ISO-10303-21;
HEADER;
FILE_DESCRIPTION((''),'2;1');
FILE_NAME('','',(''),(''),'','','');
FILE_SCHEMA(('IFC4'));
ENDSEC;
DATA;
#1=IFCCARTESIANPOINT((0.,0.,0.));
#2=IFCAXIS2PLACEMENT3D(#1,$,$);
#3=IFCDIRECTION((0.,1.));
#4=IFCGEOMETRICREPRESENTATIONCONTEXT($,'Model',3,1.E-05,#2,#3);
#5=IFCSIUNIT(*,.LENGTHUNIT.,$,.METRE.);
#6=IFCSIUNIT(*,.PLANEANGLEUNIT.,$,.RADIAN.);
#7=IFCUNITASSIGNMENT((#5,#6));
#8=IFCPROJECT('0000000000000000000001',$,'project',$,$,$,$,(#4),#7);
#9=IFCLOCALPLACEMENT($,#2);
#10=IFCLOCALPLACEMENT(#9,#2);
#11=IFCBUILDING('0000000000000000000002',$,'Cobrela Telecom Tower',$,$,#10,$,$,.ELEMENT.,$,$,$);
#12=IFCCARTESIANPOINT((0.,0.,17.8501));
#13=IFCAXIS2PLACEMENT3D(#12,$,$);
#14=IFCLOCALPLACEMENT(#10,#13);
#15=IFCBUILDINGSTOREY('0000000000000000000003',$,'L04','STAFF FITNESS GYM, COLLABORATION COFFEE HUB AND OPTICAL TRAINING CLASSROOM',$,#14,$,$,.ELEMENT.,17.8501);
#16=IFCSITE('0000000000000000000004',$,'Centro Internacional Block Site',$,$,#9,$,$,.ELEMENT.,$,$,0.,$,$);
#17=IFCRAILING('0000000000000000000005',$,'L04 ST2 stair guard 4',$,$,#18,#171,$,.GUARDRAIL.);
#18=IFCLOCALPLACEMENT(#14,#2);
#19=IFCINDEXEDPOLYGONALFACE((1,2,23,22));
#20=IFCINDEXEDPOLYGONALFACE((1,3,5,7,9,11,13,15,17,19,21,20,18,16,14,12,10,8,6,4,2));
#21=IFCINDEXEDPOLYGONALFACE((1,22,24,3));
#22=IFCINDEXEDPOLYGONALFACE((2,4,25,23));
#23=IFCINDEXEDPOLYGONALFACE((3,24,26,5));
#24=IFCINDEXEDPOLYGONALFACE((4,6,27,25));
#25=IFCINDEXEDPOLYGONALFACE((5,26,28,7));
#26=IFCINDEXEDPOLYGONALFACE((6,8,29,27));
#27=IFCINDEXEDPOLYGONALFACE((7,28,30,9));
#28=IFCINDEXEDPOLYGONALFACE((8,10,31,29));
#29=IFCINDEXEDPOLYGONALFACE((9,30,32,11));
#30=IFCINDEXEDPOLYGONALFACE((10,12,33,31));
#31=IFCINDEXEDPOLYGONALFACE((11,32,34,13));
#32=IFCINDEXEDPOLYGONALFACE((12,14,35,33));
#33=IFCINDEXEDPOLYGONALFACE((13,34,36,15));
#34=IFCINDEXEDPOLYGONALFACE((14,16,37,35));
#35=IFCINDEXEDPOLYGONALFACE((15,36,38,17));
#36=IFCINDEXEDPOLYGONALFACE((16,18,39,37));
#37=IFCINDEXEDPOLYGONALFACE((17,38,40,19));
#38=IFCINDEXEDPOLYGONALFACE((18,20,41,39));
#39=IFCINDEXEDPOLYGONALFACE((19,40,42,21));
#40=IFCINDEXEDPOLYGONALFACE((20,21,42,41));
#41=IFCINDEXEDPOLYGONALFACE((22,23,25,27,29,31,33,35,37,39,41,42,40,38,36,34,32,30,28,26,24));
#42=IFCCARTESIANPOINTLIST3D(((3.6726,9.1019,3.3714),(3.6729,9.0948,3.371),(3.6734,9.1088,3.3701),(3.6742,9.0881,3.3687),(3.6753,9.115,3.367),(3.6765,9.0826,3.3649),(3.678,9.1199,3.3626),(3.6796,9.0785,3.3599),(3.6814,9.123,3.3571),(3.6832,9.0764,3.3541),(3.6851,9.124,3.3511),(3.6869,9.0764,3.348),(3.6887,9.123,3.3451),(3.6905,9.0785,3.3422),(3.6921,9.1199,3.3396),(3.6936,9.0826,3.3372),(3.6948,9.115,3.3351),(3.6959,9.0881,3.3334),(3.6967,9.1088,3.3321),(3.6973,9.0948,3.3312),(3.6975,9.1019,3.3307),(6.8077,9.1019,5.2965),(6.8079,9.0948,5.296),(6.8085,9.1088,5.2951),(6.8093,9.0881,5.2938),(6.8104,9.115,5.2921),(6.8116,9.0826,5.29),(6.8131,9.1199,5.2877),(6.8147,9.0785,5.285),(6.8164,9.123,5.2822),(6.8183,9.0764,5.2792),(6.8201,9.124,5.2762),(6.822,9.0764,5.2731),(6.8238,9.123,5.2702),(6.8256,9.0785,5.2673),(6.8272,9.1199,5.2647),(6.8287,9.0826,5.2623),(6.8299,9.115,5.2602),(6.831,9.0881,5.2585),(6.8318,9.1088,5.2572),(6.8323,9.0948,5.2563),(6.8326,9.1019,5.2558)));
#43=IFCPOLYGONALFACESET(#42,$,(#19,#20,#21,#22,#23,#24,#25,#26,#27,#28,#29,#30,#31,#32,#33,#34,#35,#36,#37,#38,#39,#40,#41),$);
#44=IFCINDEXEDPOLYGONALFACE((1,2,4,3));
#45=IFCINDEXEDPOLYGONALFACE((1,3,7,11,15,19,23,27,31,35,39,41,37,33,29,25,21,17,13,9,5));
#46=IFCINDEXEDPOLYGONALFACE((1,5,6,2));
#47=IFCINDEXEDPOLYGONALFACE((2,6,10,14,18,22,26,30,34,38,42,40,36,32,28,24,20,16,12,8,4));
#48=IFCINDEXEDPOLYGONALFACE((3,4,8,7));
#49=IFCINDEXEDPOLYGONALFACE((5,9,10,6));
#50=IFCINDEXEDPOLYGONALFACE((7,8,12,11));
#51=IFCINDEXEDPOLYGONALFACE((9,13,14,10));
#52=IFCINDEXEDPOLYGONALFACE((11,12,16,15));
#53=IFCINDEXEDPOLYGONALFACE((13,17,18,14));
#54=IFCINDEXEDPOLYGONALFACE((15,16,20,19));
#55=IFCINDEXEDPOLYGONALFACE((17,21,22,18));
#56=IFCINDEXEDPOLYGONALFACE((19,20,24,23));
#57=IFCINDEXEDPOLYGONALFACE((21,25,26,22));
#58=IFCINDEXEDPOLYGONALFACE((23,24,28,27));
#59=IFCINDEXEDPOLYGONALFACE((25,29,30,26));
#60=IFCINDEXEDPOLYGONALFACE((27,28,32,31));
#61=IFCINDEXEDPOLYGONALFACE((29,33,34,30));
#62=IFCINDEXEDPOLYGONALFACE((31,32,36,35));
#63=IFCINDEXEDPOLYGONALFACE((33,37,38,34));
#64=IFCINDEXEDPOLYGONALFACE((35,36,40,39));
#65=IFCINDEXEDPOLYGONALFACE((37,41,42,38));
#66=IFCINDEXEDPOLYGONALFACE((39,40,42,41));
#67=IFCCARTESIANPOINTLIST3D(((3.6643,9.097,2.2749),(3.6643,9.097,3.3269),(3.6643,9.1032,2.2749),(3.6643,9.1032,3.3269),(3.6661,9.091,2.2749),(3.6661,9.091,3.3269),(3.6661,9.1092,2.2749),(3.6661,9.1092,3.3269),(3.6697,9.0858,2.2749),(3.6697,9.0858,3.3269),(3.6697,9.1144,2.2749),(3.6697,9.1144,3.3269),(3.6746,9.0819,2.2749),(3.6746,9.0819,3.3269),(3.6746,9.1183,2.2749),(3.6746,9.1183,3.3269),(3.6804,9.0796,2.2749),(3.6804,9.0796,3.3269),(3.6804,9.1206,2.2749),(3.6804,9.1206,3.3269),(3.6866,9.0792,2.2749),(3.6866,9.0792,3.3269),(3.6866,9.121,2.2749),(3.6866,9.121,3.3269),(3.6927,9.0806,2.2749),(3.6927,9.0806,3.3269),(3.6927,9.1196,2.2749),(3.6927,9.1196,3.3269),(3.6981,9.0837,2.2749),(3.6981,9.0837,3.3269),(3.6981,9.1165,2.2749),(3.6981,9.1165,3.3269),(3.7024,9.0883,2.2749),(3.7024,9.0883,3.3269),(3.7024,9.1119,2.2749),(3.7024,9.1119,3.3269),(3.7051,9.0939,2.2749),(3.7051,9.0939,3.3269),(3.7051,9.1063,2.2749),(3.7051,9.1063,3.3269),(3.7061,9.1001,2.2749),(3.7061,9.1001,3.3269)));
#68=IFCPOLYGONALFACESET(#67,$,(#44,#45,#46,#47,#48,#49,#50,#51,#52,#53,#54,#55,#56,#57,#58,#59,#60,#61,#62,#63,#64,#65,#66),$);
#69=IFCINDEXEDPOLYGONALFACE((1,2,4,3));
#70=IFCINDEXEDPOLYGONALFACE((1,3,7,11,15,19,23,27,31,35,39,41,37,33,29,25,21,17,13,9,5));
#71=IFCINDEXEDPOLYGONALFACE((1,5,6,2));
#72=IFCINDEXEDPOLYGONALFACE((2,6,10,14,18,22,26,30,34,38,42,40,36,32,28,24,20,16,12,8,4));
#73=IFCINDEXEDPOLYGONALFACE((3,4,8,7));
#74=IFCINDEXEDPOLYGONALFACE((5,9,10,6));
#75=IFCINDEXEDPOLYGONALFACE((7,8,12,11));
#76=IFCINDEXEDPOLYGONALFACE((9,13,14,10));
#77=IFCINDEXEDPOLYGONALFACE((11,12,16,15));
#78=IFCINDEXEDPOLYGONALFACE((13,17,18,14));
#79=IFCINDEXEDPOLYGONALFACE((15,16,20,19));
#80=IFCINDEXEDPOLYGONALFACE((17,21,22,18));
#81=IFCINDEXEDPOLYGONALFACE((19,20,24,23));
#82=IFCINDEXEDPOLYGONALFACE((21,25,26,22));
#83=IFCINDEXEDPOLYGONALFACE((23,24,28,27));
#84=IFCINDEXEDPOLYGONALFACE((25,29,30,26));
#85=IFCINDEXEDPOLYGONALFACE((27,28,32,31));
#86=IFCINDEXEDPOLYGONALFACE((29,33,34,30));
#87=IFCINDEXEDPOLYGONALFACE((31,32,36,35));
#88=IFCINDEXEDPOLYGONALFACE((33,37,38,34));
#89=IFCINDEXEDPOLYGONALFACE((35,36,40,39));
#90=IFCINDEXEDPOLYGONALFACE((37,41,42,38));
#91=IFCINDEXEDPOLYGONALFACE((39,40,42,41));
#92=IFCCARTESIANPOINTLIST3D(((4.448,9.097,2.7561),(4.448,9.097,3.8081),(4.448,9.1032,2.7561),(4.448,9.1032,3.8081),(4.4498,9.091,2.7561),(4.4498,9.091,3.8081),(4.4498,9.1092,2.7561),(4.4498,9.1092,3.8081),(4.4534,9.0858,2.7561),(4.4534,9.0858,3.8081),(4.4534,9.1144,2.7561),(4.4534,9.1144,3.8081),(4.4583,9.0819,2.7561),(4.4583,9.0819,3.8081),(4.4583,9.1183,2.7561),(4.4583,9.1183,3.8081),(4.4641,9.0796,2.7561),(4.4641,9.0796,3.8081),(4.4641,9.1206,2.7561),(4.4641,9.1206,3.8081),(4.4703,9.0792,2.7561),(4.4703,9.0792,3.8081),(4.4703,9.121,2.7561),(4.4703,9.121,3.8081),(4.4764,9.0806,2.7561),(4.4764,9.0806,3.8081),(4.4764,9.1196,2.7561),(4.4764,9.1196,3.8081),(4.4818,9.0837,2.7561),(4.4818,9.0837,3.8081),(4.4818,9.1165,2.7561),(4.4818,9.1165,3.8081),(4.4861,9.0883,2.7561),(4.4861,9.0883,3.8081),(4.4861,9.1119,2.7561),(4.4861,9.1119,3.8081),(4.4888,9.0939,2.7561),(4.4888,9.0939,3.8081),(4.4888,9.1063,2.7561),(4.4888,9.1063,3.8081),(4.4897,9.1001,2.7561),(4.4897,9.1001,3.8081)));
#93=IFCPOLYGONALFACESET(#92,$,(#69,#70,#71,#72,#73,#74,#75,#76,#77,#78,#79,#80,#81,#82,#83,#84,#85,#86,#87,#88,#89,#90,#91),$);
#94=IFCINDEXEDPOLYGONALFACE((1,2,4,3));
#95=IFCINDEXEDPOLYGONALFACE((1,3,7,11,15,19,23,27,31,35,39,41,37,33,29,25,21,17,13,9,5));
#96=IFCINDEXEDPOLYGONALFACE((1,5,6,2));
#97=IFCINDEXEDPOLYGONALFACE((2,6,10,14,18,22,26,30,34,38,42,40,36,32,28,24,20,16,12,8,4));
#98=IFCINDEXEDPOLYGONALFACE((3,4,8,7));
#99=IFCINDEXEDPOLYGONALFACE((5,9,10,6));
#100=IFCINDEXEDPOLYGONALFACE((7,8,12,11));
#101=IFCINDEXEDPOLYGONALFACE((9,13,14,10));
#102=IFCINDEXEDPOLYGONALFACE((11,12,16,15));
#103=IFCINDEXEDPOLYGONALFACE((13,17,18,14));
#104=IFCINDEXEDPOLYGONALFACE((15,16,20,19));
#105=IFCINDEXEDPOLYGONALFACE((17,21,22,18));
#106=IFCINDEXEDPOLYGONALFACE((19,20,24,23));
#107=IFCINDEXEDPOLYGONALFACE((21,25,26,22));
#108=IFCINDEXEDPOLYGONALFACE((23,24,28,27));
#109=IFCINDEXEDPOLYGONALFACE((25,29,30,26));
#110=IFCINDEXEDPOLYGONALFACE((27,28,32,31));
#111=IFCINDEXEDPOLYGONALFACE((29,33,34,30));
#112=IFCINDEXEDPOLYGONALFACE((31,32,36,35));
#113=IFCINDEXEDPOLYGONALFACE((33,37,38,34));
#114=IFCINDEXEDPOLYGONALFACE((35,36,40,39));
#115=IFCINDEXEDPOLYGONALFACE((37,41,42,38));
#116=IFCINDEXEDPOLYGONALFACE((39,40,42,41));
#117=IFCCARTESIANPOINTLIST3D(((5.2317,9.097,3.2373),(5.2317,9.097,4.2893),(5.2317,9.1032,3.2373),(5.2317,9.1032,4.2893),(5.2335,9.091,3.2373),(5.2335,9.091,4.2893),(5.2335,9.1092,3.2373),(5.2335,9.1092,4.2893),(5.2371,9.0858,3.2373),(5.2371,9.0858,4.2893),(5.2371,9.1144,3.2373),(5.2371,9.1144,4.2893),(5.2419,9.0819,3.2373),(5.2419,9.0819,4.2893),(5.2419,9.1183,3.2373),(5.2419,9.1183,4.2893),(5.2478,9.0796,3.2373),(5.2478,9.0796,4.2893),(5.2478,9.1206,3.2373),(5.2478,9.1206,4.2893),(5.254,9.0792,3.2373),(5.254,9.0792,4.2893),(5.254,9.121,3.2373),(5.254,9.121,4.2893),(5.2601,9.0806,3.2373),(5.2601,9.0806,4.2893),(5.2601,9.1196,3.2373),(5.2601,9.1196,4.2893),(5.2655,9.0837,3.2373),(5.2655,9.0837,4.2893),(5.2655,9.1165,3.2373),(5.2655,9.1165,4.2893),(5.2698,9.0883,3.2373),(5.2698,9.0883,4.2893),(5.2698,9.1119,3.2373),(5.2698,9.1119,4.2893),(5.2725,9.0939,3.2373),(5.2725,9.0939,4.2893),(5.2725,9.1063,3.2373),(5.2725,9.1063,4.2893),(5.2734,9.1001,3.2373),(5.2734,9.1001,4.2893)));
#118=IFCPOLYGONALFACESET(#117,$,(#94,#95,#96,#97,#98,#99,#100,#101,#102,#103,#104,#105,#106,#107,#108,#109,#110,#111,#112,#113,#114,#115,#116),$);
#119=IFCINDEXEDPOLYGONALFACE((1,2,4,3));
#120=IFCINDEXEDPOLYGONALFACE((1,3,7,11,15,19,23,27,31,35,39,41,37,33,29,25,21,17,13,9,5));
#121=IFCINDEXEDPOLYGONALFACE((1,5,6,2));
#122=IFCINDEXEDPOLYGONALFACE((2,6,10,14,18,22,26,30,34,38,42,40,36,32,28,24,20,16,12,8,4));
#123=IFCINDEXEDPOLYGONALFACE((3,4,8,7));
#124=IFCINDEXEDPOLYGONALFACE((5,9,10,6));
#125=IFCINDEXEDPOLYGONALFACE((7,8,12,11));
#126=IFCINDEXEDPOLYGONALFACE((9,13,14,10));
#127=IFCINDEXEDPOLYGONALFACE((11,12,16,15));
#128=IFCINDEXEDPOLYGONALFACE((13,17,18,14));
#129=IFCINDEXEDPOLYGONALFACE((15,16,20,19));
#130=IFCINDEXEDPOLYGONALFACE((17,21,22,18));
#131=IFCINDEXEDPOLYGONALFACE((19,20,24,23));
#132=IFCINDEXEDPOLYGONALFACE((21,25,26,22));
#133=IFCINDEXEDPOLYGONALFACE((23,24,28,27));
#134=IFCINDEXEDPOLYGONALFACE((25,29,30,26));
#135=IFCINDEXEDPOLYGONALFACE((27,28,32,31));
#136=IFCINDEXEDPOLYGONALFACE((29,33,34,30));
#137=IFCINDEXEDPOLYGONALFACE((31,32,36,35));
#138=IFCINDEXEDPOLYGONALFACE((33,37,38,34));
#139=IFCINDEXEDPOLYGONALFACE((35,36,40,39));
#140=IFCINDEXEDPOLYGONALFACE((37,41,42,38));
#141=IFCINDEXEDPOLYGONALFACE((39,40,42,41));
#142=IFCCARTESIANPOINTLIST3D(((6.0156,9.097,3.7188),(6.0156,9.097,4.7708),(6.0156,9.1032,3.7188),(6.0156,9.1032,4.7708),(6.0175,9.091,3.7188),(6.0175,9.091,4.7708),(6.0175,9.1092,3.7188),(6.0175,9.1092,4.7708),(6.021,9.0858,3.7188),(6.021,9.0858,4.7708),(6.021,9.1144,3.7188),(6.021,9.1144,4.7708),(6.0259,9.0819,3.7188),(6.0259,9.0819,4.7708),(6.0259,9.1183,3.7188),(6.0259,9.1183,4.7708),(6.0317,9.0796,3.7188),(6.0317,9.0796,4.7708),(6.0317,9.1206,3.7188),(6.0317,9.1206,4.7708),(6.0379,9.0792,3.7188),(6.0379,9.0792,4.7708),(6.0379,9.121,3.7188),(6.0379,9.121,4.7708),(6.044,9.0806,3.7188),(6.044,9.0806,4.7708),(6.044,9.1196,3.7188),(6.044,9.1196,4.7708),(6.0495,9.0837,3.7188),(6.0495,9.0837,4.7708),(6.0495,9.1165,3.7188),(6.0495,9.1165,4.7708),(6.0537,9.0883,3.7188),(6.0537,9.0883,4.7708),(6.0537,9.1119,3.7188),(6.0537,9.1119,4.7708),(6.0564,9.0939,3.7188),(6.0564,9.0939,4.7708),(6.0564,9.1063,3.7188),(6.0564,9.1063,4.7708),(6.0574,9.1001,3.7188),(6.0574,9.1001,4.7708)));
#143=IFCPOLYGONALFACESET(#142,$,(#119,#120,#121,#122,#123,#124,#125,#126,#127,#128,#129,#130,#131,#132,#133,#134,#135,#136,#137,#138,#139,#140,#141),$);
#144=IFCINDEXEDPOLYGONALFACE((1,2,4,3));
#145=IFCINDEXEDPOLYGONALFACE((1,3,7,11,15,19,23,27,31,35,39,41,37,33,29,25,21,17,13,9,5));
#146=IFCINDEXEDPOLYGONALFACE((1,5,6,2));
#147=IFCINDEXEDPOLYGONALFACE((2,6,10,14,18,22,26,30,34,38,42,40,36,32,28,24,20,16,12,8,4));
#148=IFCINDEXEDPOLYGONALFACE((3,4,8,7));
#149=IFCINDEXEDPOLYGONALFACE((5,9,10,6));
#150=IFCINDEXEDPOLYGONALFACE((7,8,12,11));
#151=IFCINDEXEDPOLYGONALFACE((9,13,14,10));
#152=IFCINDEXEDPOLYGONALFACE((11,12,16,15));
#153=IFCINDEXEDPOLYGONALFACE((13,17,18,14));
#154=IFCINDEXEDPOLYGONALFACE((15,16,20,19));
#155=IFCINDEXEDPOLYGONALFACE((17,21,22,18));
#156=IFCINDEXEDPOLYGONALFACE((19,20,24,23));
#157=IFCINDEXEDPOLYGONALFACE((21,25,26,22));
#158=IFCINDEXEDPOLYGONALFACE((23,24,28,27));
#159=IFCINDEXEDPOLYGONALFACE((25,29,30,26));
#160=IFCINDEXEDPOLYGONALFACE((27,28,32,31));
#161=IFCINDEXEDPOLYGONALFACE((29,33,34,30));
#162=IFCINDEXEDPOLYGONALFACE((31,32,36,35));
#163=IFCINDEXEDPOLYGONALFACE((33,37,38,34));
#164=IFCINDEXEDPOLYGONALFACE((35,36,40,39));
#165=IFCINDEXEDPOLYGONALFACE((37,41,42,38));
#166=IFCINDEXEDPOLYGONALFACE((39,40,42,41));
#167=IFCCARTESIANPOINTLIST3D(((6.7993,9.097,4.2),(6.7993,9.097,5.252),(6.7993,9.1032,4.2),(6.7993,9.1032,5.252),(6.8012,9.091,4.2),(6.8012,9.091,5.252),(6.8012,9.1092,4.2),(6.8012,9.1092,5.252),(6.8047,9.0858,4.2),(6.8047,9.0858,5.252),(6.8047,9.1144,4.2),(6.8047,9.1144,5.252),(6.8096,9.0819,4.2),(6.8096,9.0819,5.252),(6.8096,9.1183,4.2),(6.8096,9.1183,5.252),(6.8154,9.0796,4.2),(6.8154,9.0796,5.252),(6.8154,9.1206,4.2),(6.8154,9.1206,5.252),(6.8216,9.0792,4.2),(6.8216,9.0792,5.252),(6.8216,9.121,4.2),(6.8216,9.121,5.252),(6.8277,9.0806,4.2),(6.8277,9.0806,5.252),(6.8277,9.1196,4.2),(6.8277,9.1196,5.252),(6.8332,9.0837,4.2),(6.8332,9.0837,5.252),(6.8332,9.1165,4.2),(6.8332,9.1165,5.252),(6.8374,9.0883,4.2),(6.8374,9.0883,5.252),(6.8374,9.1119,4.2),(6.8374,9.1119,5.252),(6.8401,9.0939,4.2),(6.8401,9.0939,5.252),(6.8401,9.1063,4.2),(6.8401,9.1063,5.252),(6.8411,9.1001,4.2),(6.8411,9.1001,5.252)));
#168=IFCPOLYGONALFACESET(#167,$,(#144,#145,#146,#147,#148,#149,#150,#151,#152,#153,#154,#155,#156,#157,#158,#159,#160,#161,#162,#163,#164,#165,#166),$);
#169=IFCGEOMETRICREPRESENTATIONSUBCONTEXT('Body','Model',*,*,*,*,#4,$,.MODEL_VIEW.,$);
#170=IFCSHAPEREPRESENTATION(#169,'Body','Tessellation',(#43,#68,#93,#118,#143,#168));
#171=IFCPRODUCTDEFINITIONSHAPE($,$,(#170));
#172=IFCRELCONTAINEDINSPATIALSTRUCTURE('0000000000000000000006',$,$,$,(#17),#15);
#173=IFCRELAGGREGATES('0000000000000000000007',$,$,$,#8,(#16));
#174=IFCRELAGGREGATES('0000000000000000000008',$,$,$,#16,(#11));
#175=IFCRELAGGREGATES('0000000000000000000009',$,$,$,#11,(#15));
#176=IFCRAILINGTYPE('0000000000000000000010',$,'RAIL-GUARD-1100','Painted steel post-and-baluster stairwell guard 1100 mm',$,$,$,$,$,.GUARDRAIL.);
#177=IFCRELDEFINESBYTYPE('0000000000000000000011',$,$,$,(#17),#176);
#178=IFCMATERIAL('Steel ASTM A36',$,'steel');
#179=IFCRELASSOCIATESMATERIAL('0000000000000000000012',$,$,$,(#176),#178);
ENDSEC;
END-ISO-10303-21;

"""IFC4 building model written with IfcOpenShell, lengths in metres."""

from ifc_helpers import new_model, si_unit, direction, frame, origin, origin_2d, place, context, subcontext, project, spatial, circle, extrude, material, type_object, element, save


model = new_model("IFC4")

# Units and contexts
model_context = context("Model", 3, precision=1e-05, world=origin(), true_north=direction((0.0, 1.0)))
body_context = subcontext(model_context, "Body", "Model", "MODEL_VIEW")
ifc_project = project(units=[si_unit("LENGTHUNIT", "METRE"), si_unit("PLANEANGLEUNIT", "RADIAN")], contexts=[model_context])

# Site, building, storey
site_placement = place(None, origin())
site = spatial("IfcSite", under=ifc_project, at=site_placement, Name="Centro Internacional Block Site", CompositionType="ELEMENT", RefElevation=0.0)
building_placement = place(site_placement, origin())
building = spatial("IfcBuilding", under=site, at=building_placement, Name="Cobrela Telecom Tower", CompositionType="ELEMENT")
storey_placement = place(building_placement, frame((0.0, 0.0, 17.8501)))
storey = spatial("IfcBuildingStorey", under=building, at=storey_placement, Name="L04", Description="STAFF FITNESS GYM, COLLABORATION COFFEE HUB AND OPTICAL TRAINING CLASSROOM", CompositionType="ELEMENT", Elevation=17.8501)

# Shared definitions
ifc_material_1 = material(Name="Steel ASTM A36", Category="steel")

# Railing
railing_type = type_object("IfcRailingType", Name="RAIL-GUARD-1100", Description="Painted steel post-and-baluster stairwell guard 1100 mm", PredefinedType="GUARDRAIL", material=ifc_material_1)
railing_placement = place(storey_placement, frame((3.6851, 9.1001, 2.2749)))
element("IfcRailing", 1, at=railing_placement, inside=storey, type_object=railing_type, Name="L04 ST2 stair guard 4", PredefinedType="GUARDRAIL", context=body_context, shape_type="SweptSolid", body=[
    extrude(circle(Radius=0.0239, at=origin_2d()), frame((0.0, 0.0, 1.0762), z_axis=(0.852166, 0.0, 0.523271), x_axis=(0.0, 1.0, 0.0)), (0.0, 0.0, 1.0), 3.679),
    extrude(circle(Radius=0.021, at=origin_2d()), origin(), (0.0, 0.0, 1.0), 1.052),
    extrude(circle(Radius=0.021, at=origin_2d()), frame((0.7837, 0.0, 0.4812)), (0.0, 0.0, 1.0), 1.052),
    extrude(circle(Radius=0.021, at=origin_2d()), frame((1.5674, 0.0, 0.9624)), (0.0, 0.0, 1.0), 1.052),
    extrude(circle(Radius=0.021, at=origin_2d()), frame((2.3513, 0.0, 1.4438)), (0.0, 0.0, 1.0), 1.052),
    extrude(circle(Radius=0.021, at=origin_2d()), frame((3.135, 0.0, 1.925)), (0.0, 0.0, 1.0), 1.052),
])

save(model, "model.ifc")
